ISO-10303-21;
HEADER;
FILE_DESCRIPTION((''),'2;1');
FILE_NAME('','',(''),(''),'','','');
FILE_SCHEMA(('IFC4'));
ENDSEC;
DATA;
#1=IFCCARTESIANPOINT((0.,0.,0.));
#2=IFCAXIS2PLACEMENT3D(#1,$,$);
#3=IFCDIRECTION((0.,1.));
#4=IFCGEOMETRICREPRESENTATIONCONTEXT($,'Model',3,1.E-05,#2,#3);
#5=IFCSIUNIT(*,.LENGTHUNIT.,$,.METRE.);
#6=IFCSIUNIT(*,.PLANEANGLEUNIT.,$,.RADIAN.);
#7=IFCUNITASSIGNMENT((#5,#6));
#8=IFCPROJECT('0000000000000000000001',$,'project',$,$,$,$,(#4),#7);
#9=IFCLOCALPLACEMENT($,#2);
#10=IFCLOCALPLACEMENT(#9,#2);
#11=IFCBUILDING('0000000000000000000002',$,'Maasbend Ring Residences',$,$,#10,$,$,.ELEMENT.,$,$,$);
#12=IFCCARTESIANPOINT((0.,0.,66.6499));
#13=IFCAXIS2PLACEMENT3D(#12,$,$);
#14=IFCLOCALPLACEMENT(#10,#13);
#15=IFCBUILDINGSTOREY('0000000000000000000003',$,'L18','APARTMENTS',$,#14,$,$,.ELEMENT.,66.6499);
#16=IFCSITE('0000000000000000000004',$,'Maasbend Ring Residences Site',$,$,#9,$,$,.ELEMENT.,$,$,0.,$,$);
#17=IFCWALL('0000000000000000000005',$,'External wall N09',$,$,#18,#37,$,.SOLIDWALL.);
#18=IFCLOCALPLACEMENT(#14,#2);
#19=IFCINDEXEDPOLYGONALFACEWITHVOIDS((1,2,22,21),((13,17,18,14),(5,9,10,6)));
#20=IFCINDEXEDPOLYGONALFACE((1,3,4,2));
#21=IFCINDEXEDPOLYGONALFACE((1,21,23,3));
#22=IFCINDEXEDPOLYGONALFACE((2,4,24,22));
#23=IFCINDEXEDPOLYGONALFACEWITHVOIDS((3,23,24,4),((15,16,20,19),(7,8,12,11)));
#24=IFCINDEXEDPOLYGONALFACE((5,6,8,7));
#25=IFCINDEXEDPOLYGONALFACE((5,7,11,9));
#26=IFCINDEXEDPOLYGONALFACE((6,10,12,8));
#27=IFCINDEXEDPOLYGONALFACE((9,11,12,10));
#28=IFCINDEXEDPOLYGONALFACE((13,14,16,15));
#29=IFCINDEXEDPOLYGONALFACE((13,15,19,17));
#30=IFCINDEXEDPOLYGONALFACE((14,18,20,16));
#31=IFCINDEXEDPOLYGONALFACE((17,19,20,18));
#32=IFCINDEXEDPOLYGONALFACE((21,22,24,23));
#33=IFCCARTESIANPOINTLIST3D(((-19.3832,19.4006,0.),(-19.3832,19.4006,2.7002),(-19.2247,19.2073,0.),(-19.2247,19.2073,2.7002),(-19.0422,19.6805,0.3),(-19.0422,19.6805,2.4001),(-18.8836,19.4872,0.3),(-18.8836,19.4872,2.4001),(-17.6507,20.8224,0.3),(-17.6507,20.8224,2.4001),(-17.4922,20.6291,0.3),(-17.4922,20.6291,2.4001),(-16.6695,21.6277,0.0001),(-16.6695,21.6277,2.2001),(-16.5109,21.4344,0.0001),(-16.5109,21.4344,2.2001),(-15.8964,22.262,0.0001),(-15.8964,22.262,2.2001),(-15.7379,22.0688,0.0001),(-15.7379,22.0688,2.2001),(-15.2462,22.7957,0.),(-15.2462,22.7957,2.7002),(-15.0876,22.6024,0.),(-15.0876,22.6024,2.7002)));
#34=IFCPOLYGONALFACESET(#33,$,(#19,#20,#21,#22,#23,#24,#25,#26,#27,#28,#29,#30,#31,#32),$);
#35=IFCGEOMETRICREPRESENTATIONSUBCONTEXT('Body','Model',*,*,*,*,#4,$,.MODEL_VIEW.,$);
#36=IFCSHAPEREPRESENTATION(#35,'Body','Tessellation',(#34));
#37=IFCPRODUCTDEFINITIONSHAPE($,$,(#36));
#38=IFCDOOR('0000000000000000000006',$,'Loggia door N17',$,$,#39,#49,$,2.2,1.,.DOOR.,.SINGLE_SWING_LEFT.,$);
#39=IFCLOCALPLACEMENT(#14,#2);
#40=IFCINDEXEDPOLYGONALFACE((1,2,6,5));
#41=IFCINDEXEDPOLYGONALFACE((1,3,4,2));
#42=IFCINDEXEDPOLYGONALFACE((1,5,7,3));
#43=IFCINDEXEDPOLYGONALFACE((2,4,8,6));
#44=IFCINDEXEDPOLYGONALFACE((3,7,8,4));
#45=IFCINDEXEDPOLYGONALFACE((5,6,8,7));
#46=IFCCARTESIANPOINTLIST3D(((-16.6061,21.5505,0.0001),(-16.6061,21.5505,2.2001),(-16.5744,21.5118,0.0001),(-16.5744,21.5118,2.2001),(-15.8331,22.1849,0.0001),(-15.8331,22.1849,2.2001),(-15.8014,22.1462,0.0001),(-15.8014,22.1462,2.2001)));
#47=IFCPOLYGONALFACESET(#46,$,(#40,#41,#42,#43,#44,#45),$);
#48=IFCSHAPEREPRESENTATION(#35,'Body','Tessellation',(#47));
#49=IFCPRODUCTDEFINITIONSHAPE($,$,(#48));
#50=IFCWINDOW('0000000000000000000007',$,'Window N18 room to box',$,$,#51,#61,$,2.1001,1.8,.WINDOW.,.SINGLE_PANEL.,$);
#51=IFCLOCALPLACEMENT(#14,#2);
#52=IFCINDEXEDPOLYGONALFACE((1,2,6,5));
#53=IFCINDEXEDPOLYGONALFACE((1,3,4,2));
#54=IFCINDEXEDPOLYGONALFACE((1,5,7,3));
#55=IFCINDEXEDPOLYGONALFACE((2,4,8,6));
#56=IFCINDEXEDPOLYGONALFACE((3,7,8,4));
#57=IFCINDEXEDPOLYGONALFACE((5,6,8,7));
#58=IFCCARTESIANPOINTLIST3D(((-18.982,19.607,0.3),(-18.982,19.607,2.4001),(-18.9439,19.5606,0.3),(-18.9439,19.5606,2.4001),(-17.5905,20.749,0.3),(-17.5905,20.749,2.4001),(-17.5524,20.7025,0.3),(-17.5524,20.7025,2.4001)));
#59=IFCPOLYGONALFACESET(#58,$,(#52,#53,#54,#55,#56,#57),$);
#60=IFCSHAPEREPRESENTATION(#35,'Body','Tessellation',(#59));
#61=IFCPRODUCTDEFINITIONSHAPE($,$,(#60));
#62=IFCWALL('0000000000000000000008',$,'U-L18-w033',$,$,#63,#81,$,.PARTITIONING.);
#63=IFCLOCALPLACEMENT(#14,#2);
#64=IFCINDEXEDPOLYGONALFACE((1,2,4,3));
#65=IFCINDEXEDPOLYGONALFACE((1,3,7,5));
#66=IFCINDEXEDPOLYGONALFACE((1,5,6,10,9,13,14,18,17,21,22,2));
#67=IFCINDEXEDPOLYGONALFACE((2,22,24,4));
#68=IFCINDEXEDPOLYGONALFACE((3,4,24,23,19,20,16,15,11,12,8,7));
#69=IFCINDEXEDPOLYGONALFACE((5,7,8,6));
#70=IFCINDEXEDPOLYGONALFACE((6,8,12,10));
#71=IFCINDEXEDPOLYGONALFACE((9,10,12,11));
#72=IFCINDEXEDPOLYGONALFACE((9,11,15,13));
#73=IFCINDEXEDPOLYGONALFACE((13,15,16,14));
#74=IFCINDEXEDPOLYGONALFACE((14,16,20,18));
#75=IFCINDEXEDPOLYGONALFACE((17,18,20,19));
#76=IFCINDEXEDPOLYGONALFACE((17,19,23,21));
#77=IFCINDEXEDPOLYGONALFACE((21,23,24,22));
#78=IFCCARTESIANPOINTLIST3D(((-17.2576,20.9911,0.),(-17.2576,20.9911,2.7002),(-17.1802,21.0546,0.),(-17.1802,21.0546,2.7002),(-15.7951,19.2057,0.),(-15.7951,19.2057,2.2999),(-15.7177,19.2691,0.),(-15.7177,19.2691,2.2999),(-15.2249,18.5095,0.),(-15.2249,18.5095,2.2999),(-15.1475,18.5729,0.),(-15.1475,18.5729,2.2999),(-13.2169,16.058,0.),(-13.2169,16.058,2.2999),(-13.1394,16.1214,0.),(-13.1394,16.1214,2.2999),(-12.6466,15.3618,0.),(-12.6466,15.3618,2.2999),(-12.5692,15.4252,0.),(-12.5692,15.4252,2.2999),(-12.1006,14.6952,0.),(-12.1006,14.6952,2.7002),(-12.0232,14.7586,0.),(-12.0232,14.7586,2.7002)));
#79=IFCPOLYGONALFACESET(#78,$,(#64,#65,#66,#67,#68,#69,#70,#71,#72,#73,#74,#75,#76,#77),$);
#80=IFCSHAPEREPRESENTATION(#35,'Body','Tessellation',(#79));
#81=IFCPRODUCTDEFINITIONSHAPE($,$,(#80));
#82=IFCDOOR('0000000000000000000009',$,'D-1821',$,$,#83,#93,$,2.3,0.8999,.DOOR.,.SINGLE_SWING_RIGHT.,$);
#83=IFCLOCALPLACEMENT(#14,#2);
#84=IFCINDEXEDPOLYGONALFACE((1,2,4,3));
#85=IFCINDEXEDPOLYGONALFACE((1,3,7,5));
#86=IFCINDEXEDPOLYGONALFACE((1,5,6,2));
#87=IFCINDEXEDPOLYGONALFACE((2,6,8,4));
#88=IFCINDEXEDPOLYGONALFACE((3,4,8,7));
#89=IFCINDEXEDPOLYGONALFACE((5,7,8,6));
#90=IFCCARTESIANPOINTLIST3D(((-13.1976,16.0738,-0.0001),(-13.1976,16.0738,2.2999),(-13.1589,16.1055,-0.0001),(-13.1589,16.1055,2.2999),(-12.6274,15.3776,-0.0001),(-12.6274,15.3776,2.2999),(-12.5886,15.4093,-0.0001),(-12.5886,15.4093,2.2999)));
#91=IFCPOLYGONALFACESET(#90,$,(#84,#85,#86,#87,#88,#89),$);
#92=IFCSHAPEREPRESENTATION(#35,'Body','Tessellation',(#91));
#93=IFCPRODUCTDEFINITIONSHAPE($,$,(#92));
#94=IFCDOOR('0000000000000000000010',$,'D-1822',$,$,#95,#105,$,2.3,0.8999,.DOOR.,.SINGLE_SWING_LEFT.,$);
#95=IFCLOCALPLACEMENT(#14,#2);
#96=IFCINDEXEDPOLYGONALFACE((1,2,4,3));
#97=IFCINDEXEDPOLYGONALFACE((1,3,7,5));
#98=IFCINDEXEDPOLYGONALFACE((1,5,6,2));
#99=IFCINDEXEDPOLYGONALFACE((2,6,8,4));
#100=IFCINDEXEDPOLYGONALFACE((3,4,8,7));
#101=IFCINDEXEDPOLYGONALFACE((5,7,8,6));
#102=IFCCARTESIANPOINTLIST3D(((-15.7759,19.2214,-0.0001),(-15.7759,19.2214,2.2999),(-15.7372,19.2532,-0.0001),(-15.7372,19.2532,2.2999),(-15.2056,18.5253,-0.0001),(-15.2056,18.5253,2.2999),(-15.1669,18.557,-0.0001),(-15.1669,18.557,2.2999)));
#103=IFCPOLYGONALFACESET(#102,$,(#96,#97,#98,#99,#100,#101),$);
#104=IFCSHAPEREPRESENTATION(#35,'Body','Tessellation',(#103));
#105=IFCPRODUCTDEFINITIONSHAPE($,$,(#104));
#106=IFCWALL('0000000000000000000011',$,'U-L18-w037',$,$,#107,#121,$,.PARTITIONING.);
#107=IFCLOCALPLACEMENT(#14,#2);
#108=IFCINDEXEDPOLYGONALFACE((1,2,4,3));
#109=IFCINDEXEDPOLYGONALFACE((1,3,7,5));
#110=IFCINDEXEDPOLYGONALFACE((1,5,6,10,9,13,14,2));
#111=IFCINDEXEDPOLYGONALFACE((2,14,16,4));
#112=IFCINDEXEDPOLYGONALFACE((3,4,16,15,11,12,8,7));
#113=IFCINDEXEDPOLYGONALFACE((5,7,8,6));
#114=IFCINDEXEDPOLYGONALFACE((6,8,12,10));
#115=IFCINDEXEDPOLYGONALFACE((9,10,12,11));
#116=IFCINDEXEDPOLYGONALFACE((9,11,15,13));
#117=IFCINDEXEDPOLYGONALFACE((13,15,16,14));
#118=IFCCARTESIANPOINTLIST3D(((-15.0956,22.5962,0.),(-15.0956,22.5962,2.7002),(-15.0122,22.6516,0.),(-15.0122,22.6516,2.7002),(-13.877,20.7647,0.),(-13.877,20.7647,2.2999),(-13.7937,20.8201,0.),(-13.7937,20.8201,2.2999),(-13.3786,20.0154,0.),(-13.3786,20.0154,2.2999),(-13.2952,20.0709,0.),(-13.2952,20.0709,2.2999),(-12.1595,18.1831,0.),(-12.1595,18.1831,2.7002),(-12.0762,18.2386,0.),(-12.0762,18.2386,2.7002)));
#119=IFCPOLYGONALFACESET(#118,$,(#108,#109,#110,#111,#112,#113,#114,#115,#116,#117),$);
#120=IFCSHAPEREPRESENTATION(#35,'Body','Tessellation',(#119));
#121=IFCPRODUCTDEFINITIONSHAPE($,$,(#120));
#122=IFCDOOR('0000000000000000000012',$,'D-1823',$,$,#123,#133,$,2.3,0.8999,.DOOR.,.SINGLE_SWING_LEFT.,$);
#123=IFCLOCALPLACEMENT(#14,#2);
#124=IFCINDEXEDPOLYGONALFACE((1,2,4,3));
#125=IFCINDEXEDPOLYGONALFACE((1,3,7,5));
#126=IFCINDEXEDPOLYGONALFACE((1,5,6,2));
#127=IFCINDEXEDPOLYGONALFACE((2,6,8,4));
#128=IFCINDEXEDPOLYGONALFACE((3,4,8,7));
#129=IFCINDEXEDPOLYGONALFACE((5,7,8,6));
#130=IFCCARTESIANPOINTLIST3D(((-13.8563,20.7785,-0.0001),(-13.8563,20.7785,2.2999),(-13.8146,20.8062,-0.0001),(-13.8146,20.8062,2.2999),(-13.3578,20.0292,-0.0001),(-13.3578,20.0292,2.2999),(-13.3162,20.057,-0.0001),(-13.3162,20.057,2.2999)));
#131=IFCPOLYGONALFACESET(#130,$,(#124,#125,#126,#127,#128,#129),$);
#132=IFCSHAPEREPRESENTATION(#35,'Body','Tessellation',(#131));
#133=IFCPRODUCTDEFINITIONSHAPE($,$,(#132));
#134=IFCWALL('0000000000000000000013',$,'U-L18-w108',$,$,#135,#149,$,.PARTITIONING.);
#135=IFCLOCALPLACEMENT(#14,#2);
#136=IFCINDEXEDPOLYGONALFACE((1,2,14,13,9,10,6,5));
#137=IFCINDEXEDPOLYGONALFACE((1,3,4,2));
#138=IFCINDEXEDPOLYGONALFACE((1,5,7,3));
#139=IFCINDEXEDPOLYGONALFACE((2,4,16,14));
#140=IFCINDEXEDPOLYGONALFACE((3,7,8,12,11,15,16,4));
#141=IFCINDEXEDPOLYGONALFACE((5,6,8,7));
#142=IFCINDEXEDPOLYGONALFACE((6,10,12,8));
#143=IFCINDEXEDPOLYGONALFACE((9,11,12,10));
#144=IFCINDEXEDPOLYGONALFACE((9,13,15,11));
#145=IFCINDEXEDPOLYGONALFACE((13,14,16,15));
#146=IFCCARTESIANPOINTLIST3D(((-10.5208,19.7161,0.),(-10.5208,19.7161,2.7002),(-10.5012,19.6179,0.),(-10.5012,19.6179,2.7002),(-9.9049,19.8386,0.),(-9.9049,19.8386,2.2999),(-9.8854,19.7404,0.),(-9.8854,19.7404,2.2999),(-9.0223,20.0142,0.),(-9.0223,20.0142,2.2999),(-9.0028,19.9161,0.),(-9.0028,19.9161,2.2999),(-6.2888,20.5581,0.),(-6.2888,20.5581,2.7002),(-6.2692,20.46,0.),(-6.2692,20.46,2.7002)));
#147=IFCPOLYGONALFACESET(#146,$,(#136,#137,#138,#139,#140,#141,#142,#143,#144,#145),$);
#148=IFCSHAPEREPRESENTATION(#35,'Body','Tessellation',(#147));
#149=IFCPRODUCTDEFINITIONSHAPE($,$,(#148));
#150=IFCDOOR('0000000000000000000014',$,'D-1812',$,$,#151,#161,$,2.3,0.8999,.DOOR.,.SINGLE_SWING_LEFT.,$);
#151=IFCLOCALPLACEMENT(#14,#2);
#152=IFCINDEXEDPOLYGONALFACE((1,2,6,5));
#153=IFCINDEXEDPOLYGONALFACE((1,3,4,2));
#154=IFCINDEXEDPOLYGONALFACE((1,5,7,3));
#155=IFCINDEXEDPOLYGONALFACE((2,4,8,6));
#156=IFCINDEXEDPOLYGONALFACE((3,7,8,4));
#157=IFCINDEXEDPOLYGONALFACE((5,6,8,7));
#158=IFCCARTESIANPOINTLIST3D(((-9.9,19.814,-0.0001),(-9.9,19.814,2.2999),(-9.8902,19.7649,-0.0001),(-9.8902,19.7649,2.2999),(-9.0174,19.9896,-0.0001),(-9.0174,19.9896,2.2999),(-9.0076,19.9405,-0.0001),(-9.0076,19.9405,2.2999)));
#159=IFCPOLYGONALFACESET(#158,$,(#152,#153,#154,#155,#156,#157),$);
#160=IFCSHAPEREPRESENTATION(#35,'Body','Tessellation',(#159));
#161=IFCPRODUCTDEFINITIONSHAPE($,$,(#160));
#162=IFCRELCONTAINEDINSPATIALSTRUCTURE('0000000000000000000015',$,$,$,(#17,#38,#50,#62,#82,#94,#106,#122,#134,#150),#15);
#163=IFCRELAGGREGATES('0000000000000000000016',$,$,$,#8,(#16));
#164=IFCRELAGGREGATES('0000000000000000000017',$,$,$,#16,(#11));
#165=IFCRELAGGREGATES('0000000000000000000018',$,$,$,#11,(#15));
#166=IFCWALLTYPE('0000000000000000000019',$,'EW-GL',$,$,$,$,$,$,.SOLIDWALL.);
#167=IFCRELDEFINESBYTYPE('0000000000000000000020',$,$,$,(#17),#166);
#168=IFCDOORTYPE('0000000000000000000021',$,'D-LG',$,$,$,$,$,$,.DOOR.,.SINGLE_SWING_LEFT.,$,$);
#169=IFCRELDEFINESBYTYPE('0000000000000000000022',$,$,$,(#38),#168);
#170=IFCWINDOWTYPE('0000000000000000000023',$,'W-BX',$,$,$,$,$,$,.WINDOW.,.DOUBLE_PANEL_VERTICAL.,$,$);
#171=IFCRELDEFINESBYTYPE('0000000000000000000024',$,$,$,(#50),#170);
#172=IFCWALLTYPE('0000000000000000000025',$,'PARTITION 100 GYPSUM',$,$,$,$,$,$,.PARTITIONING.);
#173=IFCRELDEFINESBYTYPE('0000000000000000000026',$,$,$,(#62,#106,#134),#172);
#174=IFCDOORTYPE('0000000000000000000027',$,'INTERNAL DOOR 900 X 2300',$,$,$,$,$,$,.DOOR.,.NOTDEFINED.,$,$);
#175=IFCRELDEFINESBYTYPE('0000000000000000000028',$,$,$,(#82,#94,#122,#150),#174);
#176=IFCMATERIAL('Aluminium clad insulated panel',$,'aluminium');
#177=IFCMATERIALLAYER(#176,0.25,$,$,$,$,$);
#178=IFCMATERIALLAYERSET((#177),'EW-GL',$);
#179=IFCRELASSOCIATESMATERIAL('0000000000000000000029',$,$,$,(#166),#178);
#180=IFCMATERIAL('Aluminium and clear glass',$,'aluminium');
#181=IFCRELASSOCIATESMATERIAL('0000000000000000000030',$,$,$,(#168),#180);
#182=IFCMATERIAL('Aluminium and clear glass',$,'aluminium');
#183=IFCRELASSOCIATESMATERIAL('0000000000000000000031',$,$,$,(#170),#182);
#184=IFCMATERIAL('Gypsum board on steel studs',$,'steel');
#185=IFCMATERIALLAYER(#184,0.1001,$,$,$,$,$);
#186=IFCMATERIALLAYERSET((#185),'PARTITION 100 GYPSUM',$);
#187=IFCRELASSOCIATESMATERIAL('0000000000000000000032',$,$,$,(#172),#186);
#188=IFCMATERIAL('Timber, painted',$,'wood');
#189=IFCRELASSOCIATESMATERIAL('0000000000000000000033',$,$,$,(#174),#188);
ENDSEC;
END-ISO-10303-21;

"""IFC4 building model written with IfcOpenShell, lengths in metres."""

from ifc_helpers import new_model, si_unit, direction, frame, frame_2d, origin, place, context, subcontext, project, spatial, rectangle, extrude, material, layer, layer_set, type_object, element, fill, save


model = new_model("IFC4")

# Units and contexts
model_context = context("Model", 3, precision=1e-05, world=origin(), true_north=direction((0.0, 1.0)))
body_context = subcontext(model_context, "Body", "Model", "MODEL_VIEW")
ifc_project = project(units=[si_unit("LENGTHUNIT", "METRE"), si_unit("PLANEANGLEUNIT", "RADIAN")], contexts=[model_context])

# Site, building, storey
site_placement = place(None, origin())
site = spatial("IfcSite", under=ifc_project, at=site_placement, Name="Maasbend Ring Residences Site", CompositionType="ELEMENT", RefElevation=0.0)
building_placement = place(site_placement, origin())
building = spatial("IfcBuilding", under=site, at=building_placement, Name="Maasbend Ring Residences", CompositionType="ELEMENT")
storey_placement = place(building_placement, frame((0.0, 0.0, 66.6499)))
storey = spatial("IfcBuildingStorey", under=building, at=storey_placement, Name="L18", Description="APARTMENTS", CompositionType="ELEMENT", Elevation=66.6499)

# Wall, openings, door, window
ifc_material_1 = material(Name="Aluminium clad insulated panel", Category="aluminium")
ifc_layer_1 = layer(ifc_material_1, 0.25)
ifc_layer_set_1 = layer_set([ifc_layer_1], Name="EW-GL")
wall_type_1 = type_object("IfcWallType", Name="EW-GL", PredefinedType="SOLIDWALL", material=ifc_layer_set_1)
wall_1_placement = place(storey_placement, frame((-15.167, 22.699, 0.0), z_axis=(0.0, 0.0, 1.0), x_axis=(-0.773019, -0.634382, 0.0)))
wall_1 = element("IfcWall", 1, at=wall_1_placement, inside=storey, type_object=wall_type_1, Name="External wall N09", PredefinedType="SOLIDWALL", context=body_context, shape_type="SweptSolid", body=[
    extrude(rectangle(XDim=5.3518, YDim=0.25, at=frame_2d((2.6758, 0.0))), origin(), (0.0, 0.0, 1.0), 2.7002),
])
opening_1_placement = place(wall_1_placement, frame((0.8411, 0.0, 0.0)))
opening_1 = element("IfcOpeningElement", 2, at=opening_1_placement, cuts=wall_1, PredefinedType="OPENING", context=body_context, shape_type="SweptSolid", body=[
    extrude(rectangle(XDim=1.0, YDim=2.2, at=frame_2d((0.5, 1.1001))), frame((0.0, 0.135, 0.0), z_axis=(0.0, -1.0, 0.0), x_axis=(1.0, 0.0, 0.0)), (0.0, 0.0, 1.0), 0.27),
])
opening_2_placement = place(wall_1_placement, frame((3.1106, 0.0, 0.3)))
opening_2 = element("IfcOpeningElement", 3, at=opening_2_placement, cuts=wall_1, PredefinedType="OPENING", context=body_context, shape_type="SweptSolid", body=[
    extrude(rectangle(XDim=1.8, YDim=2.1001, at=frame_2d((0.8999, 1.05))), frame((0.0, 0.135, 0.0), z_axis=(0.0, -1.0, 0.0), x_axis=(1.0, 0.0, 0.0)), (0.0, 0.0, 1.0), 0.27),
])
ifc_material_2 = material(Name="Aluminium and clear glass", Category="aluminium")
door_type_1 = type_object("IfcDoorType", Name="D-LG", OperationType="SINGLE_SWING_LEFT", PredefinedType="DOOR", material=ifc_material_2)
door_1_placement = place(opening_1_placement, origin())
door_1 = element("IfcDoor", 4, at=door_1_placement, inside=storey, type_object=door_type_1, Name="Loggia door N17", OperationType="SINGLE_SWING_LEFT", OverallHeight=2.2, OverallWidth=1.0, PredefinedType="DOOR", context=body_context, shape_type="SweptSolid", body=[
    extrude(rectangle(XDim=1.0, YDim=2.2, at=frame_2d((0.5, 1.1001))), frame((0.0, 0.0249, 0.0), z_axis=(0.0, -1.0, 0.0), x_axis=(1.0, 0.0, 0.0)), (0.0, 0.0, 1.0), 0.05),
])
fill(opening_1, door_1)
ifc_material_3 = material(Name="Aluminium and clear glass", Category="aluminium")
window_type_1 = type_object("IfcWindowType", Name="W-BX", PartitioningType="DOUBLE_PANEL_VERTICAL", PredefinedType="WINDOW", material=ifc_material_3)
window_1_placement = place(opening_2_placement, origin())
window_1 = element("IfcWindow", 5, at=window_1_placement, inside=storey, type_object=window_type_1, Name="Window N18 room to box", OverallHeight=2.1001, OverallWidth=1.8, PartitioningType="SINGLE_PANEL", PredefinedType="WINDOW", context=body_context, shape_type="SweptSolid", body=[
    extrude(rectangle(XDim=1.8, YDim=2.1001, at=frame_2d((0.8999, 1.05))), frame((0.0, 0.03, 0.0), z_axis=(0.0, -1.0, 0.0), x_axis=(1.0, 0.0, 0.0)), (0.0, 0.0, 1.0), 0.0601),
])
fill(opening_2, window_1)

# Wall, openings, doors
ifc_material_4 = material(Name="Gypsum board on steel studs", Category="steel")
ifc_layer_2 = layer(ifc_material_4, 0.1001)
ifc_layer_set_2 = layer_set([ifc_layer_2], Name="PARTITION 100 GYPSUM")
wall_type_2 = type_object("IfcWallType", Name="PARTITION 100 GYPSUM", PredefinedType="PARTITIONING", material=ifc_layer_set_2)
wall_2_placement = place(storey_placement, frame((-17.219, 21.0229, 0.0), z_axis=(0.0, 0.0, 1.0), x_axis=(0.633664, -0.773608, 0.0)))
wall_2 = element("IfcWall", 6, at=wall_2_placement, inside=storey, type_object=wall_type_2, Name="U-L18-w033", PredefinedType="PARTITIONING", context=body_context, shape_type="SweptSolid", body=[
    extrude(rectangle(XDim=8.1384, YDim=0.1001, at=frame_2d((4.0693, 0.0))), origin(), (0.0, 0.0, 1.0), 2.7002),
])
opening_3_placement = place(wall_2_placement, frame((6.377, 0.0, 0.0)))
opening_3 = element("IfcOpeningElement", 7, at=opening_3_placement, cuts=wall_2, PredefinedType="OPENING", context=body_context, shape_type="SweptSolid", body=[
    extrude(rectangle(XDim=0.8999, YDim=2.3, at=frame_2d((0.45, 1.1499))), frame((0.0, 0.0601, 0.0), z_axis=(0.0, -1.0, 0.0), x_axis=(1.0, 0.0, 0.0)), (0.0, 0.0, 1.0), 0.1201),
])
opening_4_placement = place(wall_2_placement, frame((2.3081, 0.0, 0.0)))
opening_4 = element("IfcOpeningElement", 8, at=opening_4_placement, cuts=wall_2, PredefinedType="OPENING", context=body_context, shape_type="SweptSolid", body=[
    extrude(rectangle(XDim=0.8999, YDim=2.3, at=frame_2d((0.45, 1.1499))), frame((0.0, 0.0601, 0.0), z_axis=(0.0, -1.0, 0.0), x_axis=(1.0, 0.0, 0.0)), (0.0, 0.0, 1.0), 0.1201),
])
ifc_material_5 = material(Name="Timber, painted", Category="wood")
door_type_2 = type_object("IfcDoorType", Name="INTERNAL DOOR 900 X 2300", OperationType="NOTDEFINED", PredefinedType="DOOR", material=ifc_material_5)
door_2_placement = place(opening_3_placement, origin())
door_2 = element("IfcDoor", 9, at=door_2_placement, inside=storey, type_object=door_type_2, Name="D-1821", OperationType="SINGLE_SWING_RIGHT", OverallHeight=2.3, OverallWidth=0.8999, PredefinedType="DOOR", context=body_context, shape_type="SweptSolid", body=[
    extrude(rectangle(XDim=0.8999, YDim=2.3, at=frame_2d((0.45, 1.1499))), frame((0.0, 0.0249, 0.0), z_axis=(0.0, -1.0, 0.0), x_axis=(1.0, 0.0, 0.0)), (0.0, 0.0, 1.0), 0.05),
])
fill(opening_3, door_2)
door_3_placement = place(opening_4_placement, origin())
door_3 = element("IfcDoor", 10, at=door_3_placement, inside=storey, type_object=door_type_2, Name="D-1822", OperationType="SINGLE_SWING_LEFT", OverallHeight=2.3, OverallWidth=0.8999, PredefinedType="DOOR", context=body_context, shape_type="SweptSolid", body=[
    extrude(rectangle(XDim=0.8999, YDim=2.3, at=frame_2d((0.45, 1.1499))), frame((0.0, 0.0249, 0.0), z_axis=(0.0, -1.0, 0.0), x_axis=(1.0, 0.0, 0.0)), (0.0, 0.0, 1.0), 0.05),
])
fill(opening_4, door_3)

# Walls, openings, doors
wall_3_placement = place(storey_placement, frame((-15.054, 22.624, 0.0), z_axis=(0.0, 0.0, 1.0), x_axis=(0.553913, -0.832574, 0.0)))
wall_3 = element("IfcWall", 11, at=wall_3_placement, inside=storey, type_object=wall_type_2, Name="U-L18-w037", PredefinedType="PARTITIONING", context=body_context, shape_type="SweptSolid", body=[
    extrude(rectangle(XDim=5.3005, YDim=0.1001, at=frame_2d((2.6504, 0.0))), origin(), (0.0, 0.0, 1.0), 2.7002),
])
opening_5_placement = place(wall_3_placement, frame((2.2, 0.0, 0.0)))
opening_5 = element("IfcOpeningElement", 12, at=opening_5_placement, cuts=wall_3, PredefinedType="OPENING", context=body_context, shape_type="SweptSolid", body=[
    extrude(rectangle(XDim=0.8999, YDim=2.3, at=frame_2d((0.45, 1.1499))), frame((0.0, 0.0601, 0.0), z_axis=(0.0, -1.0, 0.0), x_axis=(1.0, 0.0, 0.0)), (0.0, 0.0, 1.0), 0.1201),
])
door_4_placement = place(opening_5_placement, origin())
door_4 = element("IfcDoor", 13, at=door_4_placement, inside=storey, type_object=door_type_2, Name="D-1823", OperationType="SINGLE_SWING_LEFT", OverallHeight=2.3, OverallWidth=0.8999, PredefinedType="DOOR", context=body_context, shape_type="SweptSolid", body=[
    extrude(rectangle(XDim=0.8999, YDim=2.3, at=frame_2d((0.45, 1.1499))), frame((0.0, 0.0249, 0.0), z_axis=(0.0, -1.0, 0.0), x_axis=(1.0, 0.0, 0.0)), (0.0, 0.0, 1.0), 0.05),
])
fill(opening_5, door_4)
wall_4_placement = place(storey_placement, frame((-10.511, 19.667, 0.0), z_axis=(0.0, 0.0, 1.0), x_axis=(0.980774, 0.195148, 0.0)))
wall_4 = element("IfcWall", 14, at=wall_4_placement, inside=storey, type_object=wall_type_2, Name="U-L18-w108", PredefinedType="PARTITIONING", context=body_context, shape_type="SweptSolid", body=[
    extrude(rectangle(XDim=4.3149, YDim=0.1001, at=frame_2d((2.1575, 0.0))), origin(), (0.0, 0.0, 1.0), 2.7002),
])
opening_6_placement = place(wall_4_placement, frame((0.6279, 0.0, 0.0)))
opening_6 = element("IfcOpeningElement", 15, at=opening_6_placement, cuts=wall_4, PredefinedType="OPENING", context=body_context, shape_type="SweptSolid", body=[
    extrude(rectangle(XDim=0.8999, YDim=2.3, at=frame_2d((0.45, 1.1499))), frame((0.0, 0.0601, 0.0), z_axis=(0.0, -1.0, 0.0), x_axis=(1.0, 0.0, 0.0)), (0.0, 0.0, 1.0), 0.1201),
])
door_5_placement = place(opening_6_placement, origin())
door_5 = element("IfcDoor", 16, at=door_5_placement, inside=storey, type_object=door_type_2, Name="D-1812", OperationType="SINGLE_SWING_LEFT", OverallHeight=2.3, OverallWidth=0.8999, PredefinedType="DOOR", context=body_context, shape_type="SweptSolid", body=[
    extrude(rectangle(XDim=0.8999, YDim=2.3, at=frame_2d((0.45, 1.1499))), frame((0.0, 0.0249, 0.0), z_axis=(0.0, -1.0, 0.0), x_axis=(1.0, 0.0, 0.0)), (0.0, 0.0, 1.0), 0.05),
])
fill(opening_6, door_5)

save(model, "model.ifc")
